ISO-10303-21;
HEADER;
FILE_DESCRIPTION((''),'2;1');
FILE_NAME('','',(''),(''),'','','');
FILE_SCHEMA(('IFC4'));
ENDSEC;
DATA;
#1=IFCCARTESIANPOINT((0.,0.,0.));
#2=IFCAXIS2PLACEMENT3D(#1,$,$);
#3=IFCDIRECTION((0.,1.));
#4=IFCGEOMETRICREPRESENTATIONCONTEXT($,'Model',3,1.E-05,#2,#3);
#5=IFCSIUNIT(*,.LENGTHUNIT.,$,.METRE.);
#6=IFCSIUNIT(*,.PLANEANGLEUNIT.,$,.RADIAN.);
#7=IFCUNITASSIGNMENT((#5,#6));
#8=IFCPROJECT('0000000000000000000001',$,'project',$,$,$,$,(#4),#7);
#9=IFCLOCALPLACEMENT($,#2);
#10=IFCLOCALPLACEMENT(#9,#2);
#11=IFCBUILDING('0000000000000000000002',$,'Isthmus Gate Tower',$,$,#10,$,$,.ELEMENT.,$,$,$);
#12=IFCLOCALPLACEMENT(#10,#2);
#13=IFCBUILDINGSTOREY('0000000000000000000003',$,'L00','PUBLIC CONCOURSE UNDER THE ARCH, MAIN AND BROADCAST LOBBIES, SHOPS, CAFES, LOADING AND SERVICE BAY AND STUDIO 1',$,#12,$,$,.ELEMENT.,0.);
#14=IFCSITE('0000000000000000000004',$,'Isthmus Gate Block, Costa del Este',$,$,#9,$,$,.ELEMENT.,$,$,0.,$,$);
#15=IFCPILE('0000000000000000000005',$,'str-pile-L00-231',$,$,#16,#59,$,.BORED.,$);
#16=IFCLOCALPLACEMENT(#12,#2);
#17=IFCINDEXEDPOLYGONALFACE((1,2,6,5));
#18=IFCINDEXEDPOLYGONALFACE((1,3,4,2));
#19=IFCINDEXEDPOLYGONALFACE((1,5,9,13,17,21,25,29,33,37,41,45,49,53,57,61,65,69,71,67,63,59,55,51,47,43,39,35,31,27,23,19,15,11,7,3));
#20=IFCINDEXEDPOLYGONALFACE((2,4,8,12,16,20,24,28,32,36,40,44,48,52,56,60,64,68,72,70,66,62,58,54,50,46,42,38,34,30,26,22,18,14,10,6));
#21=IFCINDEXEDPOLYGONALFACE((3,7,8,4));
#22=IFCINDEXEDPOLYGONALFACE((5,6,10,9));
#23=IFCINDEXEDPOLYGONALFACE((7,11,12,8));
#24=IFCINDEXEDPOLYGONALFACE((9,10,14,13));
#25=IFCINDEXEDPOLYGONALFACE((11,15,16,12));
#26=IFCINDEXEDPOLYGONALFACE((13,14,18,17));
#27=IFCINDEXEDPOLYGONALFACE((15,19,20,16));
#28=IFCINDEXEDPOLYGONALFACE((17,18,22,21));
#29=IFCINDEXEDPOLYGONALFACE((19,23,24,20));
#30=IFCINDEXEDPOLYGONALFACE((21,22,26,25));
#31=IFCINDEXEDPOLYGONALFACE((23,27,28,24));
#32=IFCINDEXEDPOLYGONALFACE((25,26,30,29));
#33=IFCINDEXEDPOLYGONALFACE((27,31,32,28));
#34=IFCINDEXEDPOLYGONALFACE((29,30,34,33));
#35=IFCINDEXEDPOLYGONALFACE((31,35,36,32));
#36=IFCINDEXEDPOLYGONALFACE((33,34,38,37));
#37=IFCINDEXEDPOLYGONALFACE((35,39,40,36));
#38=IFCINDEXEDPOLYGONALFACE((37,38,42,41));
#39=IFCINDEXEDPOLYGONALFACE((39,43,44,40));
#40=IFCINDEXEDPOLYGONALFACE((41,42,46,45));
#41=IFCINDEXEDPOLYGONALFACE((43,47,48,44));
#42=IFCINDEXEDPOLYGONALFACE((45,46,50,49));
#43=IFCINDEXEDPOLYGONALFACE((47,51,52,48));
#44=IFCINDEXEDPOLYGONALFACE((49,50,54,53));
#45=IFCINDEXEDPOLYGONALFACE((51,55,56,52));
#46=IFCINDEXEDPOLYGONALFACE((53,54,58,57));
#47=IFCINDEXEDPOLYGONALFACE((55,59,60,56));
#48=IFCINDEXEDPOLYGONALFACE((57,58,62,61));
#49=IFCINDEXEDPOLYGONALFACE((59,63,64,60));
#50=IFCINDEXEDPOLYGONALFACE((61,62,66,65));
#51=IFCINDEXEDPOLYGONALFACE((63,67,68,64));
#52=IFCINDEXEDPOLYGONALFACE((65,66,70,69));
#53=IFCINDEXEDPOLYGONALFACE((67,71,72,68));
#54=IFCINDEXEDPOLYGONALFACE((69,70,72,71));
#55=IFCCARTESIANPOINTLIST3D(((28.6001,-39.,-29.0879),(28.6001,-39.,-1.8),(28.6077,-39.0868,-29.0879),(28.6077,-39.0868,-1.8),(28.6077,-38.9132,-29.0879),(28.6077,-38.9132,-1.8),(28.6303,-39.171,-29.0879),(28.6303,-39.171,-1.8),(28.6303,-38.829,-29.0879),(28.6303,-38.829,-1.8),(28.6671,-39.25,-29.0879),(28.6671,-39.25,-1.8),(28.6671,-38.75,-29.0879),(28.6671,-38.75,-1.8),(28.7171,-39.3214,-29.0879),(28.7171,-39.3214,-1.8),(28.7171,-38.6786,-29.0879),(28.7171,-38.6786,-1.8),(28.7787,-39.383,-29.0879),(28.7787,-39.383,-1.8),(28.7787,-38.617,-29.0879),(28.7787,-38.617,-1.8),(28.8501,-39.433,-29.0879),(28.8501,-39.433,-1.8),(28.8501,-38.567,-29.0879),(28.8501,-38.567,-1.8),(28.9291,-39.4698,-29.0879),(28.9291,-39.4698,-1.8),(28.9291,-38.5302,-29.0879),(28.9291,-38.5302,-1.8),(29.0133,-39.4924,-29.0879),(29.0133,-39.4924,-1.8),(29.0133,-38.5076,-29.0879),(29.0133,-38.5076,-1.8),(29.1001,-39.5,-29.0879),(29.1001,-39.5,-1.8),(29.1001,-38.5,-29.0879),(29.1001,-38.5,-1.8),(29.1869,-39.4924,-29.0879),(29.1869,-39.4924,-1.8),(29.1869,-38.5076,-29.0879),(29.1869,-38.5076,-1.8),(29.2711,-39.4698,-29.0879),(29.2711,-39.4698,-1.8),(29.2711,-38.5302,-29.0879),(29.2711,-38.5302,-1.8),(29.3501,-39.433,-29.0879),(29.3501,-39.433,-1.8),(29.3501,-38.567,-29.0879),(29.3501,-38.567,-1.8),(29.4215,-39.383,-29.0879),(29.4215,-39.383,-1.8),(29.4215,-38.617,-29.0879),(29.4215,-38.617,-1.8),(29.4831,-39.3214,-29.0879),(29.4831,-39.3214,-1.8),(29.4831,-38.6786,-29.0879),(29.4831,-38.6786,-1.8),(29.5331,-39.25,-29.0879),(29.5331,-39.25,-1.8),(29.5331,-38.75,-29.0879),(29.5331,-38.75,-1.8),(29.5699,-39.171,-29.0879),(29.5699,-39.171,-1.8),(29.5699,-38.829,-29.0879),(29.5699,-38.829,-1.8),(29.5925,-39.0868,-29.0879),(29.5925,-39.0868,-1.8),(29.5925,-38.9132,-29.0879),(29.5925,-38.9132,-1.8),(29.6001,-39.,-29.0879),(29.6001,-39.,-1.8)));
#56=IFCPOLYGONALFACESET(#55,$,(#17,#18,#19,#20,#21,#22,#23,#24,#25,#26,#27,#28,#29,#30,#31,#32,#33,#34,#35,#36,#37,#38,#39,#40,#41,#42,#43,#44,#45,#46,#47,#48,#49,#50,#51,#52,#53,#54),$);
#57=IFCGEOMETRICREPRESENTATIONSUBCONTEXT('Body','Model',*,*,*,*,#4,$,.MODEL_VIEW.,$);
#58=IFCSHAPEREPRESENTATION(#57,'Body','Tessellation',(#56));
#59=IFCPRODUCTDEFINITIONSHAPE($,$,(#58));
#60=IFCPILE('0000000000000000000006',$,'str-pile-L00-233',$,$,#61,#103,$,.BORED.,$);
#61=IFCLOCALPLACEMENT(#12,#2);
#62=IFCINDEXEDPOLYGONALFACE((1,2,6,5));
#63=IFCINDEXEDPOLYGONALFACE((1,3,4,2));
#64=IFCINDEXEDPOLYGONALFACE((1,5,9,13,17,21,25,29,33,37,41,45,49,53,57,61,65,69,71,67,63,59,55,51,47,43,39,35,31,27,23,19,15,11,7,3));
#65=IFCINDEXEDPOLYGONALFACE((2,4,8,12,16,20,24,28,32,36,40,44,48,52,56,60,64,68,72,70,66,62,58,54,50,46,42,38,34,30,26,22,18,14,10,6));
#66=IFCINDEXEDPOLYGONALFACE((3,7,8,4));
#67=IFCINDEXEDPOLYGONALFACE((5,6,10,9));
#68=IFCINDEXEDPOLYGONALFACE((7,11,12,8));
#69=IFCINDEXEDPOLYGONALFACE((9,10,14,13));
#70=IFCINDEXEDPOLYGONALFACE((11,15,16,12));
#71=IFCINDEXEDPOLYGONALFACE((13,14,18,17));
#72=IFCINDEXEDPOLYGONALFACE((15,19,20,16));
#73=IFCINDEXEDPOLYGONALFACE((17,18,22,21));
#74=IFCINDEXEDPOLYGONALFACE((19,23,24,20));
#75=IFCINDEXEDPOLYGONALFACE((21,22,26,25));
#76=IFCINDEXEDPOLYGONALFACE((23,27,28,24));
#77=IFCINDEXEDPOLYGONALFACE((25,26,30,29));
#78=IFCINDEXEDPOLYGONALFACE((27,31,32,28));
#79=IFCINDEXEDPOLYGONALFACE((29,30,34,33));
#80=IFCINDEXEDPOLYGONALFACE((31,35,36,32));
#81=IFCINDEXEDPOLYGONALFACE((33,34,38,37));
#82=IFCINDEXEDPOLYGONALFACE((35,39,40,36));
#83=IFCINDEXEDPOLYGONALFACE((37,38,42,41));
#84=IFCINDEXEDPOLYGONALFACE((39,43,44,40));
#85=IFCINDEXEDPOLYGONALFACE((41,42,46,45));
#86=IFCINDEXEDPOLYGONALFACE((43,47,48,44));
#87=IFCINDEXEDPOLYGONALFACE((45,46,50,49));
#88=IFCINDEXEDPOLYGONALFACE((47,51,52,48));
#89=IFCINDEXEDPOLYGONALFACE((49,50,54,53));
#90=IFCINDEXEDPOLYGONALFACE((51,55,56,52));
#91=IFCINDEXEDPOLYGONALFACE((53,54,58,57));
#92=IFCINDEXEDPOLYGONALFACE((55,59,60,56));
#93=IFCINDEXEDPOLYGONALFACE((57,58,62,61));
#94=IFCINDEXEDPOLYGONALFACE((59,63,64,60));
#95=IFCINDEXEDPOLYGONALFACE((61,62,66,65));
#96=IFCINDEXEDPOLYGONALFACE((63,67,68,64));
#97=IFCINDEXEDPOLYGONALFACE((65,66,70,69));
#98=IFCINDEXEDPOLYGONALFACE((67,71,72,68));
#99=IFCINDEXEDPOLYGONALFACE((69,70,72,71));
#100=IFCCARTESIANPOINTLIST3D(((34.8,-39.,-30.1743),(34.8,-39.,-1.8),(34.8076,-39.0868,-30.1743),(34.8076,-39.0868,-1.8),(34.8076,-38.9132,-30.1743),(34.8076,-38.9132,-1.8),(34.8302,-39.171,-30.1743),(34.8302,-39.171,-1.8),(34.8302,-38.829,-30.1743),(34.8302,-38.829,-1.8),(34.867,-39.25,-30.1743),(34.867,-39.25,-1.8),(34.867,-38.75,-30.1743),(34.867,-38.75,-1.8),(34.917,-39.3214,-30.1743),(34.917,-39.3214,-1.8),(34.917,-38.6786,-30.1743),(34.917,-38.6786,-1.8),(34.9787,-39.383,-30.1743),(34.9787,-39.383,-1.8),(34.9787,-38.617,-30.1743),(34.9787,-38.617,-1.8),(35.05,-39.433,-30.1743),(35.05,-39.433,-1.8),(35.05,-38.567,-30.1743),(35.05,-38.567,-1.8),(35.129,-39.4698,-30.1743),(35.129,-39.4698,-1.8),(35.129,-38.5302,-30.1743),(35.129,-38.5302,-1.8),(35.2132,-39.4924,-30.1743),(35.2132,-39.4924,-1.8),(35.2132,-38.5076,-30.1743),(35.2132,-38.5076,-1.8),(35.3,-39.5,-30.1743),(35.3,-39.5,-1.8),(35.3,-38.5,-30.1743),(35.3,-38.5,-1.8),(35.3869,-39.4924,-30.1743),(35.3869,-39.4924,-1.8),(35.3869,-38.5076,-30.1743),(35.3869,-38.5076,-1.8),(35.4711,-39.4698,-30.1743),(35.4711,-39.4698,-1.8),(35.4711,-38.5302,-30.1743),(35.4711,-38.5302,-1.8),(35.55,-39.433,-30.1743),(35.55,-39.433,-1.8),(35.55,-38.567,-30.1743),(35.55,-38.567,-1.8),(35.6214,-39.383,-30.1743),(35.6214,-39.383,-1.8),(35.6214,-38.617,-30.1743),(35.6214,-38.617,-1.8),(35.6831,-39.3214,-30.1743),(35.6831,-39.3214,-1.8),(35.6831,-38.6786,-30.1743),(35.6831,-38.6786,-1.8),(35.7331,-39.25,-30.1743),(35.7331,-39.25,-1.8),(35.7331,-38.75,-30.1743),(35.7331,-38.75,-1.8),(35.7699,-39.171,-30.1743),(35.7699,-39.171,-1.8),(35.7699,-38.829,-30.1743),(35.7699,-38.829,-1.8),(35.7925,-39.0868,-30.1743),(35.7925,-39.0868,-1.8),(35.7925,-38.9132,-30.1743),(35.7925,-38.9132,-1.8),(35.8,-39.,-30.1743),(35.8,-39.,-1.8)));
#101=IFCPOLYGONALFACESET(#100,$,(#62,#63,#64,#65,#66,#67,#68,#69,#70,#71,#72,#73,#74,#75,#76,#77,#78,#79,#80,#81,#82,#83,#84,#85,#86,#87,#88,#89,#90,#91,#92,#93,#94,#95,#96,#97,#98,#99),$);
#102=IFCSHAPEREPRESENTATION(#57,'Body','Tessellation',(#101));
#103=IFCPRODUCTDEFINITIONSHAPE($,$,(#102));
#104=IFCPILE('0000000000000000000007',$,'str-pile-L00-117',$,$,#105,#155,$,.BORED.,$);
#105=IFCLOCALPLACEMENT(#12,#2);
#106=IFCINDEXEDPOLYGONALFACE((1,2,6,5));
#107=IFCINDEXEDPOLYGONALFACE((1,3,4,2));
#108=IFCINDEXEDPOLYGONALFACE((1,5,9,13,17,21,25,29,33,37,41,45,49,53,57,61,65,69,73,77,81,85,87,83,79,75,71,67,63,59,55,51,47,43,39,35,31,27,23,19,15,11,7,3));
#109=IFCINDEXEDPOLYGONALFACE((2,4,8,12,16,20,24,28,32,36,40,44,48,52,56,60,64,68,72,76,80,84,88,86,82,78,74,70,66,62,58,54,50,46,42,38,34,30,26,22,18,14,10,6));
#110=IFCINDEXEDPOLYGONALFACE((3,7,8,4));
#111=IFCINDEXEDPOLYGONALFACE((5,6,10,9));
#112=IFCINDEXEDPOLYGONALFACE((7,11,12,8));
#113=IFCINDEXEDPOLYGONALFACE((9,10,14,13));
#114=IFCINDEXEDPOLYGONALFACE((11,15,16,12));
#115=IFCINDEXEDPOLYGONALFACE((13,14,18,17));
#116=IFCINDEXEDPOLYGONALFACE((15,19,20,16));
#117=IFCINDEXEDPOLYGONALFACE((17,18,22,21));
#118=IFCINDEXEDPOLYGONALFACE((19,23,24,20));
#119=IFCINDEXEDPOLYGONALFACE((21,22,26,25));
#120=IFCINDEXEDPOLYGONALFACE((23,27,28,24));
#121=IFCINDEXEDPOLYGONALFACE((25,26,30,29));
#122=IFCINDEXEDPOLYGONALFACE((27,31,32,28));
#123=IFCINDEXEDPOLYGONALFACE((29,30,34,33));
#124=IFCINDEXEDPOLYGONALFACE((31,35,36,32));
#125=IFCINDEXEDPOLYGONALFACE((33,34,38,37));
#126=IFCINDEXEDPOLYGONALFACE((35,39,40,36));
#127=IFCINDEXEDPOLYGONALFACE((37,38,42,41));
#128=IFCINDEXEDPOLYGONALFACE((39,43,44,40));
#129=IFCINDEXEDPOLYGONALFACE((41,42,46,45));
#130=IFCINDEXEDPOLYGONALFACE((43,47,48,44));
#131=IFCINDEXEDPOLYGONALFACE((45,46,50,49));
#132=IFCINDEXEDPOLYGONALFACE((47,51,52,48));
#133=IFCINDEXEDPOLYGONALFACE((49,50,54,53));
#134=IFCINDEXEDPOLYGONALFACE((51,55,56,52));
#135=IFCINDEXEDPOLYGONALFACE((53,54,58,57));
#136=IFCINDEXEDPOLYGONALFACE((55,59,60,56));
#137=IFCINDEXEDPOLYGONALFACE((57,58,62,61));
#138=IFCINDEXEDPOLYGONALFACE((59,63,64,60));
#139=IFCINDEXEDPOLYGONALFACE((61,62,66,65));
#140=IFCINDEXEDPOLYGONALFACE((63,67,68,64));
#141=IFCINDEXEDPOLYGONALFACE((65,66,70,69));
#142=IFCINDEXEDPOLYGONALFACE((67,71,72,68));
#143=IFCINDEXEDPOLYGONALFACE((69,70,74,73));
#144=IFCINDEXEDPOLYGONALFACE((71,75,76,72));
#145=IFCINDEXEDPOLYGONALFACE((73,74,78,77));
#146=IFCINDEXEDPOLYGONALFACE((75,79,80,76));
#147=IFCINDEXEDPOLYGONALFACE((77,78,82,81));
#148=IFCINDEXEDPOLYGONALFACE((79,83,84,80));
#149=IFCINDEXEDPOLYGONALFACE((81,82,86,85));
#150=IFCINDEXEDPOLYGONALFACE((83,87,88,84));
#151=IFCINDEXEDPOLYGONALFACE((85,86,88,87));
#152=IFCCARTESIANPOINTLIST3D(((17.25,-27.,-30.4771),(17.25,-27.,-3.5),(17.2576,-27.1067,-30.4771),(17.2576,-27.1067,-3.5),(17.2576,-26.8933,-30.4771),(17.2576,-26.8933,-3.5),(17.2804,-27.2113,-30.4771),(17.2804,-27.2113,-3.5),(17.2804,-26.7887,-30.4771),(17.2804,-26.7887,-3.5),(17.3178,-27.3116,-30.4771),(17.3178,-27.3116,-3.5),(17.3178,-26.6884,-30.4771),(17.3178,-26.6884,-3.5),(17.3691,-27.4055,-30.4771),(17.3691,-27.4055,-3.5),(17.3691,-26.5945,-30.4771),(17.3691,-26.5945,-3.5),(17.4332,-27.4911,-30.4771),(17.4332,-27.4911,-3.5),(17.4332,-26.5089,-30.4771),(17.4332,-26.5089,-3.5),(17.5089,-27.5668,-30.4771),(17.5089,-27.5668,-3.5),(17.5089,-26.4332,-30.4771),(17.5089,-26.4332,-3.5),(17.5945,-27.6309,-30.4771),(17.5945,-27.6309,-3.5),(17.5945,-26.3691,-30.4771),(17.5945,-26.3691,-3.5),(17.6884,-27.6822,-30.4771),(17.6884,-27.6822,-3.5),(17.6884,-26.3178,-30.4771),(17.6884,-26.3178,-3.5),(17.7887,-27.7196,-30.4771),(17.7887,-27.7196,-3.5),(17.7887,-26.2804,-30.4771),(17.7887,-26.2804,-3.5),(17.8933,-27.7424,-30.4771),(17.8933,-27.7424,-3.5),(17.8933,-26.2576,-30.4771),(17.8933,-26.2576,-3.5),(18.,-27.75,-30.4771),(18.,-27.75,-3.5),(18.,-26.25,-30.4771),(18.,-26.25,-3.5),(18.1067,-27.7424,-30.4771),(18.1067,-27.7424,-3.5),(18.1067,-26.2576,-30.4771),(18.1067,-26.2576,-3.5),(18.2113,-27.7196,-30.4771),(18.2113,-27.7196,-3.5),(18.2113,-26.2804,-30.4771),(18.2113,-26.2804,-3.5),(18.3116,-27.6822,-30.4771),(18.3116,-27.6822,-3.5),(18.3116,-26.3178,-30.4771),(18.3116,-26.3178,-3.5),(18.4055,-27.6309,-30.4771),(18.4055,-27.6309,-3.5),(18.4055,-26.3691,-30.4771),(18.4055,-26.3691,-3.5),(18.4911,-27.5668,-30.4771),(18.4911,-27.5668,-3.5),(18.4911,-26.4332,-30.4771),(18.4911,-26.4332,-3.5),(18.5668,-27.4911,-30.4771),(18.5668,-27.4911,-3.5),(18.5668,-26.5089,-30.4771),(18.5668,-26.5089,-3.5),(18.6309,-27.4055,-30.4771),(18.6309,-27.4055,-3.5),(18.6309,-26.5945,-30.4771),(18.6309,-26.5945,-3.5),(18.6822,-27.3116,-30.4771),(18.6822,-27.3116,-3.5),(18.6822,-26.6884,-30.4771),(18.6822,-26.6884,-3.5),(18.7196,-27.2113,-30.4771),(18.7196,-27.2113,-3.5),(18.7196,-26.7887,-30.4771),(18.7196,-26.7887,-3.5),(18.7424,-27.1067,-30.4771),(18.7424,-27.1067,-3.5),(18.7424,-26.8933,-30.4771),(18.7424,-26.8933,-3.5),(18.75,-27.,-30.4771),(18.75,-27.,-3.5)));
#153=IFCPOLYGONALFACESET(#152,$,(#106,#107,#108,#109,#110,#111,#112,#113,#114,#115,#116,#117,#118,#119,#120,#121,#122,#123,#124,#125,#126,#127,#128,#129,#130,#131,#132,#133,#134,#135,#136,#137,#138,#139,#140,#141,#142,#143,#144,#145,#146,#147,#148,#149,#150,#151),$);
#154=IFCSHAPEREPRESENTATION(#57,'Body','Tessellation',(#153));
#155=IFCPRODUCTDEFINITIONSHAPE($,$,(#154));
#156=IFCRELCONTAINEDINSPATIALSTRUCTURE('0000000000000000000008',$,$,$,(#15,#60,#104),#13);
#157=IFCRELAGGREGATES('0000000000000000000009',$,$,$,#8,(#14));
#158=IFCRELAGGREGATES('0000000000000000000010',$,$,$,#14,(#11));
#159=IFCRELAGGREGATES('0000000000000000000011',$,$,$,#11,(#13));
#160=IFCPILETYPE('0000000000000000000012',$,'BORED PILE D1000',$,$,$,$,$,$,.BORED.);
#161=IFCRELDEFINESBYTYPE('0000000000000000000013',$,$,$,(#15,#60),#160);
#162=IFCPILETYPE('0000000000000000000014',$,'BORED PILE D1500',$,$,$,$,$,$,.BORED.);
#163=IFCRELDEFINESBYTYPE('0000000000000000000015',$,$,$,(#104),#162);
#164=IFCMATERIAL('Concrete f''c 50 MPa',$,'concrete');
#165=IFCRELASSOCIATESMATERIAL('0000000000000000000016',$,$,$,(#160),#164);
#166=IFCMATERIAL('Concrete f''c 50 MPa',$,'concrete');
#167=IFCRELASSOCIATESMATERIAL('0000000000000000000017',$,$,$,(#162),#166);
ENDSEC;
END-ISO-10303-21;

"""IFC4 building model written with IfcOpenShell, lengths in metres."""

from ifc_helpers import new_model, si_unit, direction, frame, origin, origin_2d, place, context, subcontext, project, spatial, circle, extrude, material, material_profile, profile_set, type_object, element, save


model = new_model("IFC4")

# Units and contexts
model_context = context("Model", 3, precision=1e-05, world=origin(), true_north=direction((0.0, 1.0)))
body_context = subcontext(model_context, "Body", "Model", "MODEL_VIEW")
ifc_project = project(units=[si_unit("LENGTHUNIT", "METRE"), si_unit("PLANEANGLEUNIT", "RADIAN")], contexts=[model_context])

# Site, building, storey
site_placement = place(None, origin())
site = spatial("IfcSite", under=ifc_project, at=site_placement, Name="Isthmus Gate Block, Costa del Este", CompositionType="ELEMENT", RefElevation=0.0)
building_placement = place(site_placement, origin())
building = spatial("IfcBuilding", under=site, at=building_placement, Name="Isthmus Gate Tower", CompositionType="ELEMENT")
storey_placement = place(building_placement, origin())
storey = spatial("IfcBuildingStorey", under=building, at=storey_placement, Name="L00", Description="PUBLIC CONCOURSE UNDER THE ARCH, MAIN AND BROADCAST LOBBIES, SHOPS, CAFES, LOADING AND SERVICE BAY AND STUDIO 1", CompositionType="ELEMENT", Elevation=0.0)

# Piles
ifc_material_1 = material(Name="Concrete f'c 50 MPa", Category="concrete")
ifc_material_profile_1 = material_profile(ifc_material_1, circle(Radius=0.5, at=origin_2d()), Name="D1000")
ifc_profile_set_1 = profile_set([ifc_material_profile_1], Name="Concrete f'c 50 MPa")
pile_type_1 = type_object("IfcPileType", Name="BORED PILE D1000", PredefinedType="BORED", material=ifc_profile_set_1)
pile_1_placement = place(storey_placement, frame((29.1001, -39.0, -1.8), z_axis=(0.0, 0.0, -1.0), x_axis=(1.0, 0.0, 0.0)))
element("IfcPile", 1, at=pile_1_placement, inside=storey, type_object=pile_type_1, Name="str-pile-L00-231", PredefinedType="BORED", context=body_context, shape_type="SweptSolid", body=[
    extrude(circle(Radius=0.5, at=origin_2d()), origin(), (0.0, 0.0, 1.0), 27.2878),
])
pile_2_placement = place(storey_placement, frame((35.3, -39.0, -1.8), z_axis=(0.0, 0.0, -1.0), x_axis=(1.0, 0.0, 0.0)))
element("IfcPile", 2, at=pile_2_placement, inside=storey, type_object=pile_type_1, Name="str-pile-L00-233", PredefinedType="BORED", context=body_context, shape_type="SweptSolid", body=[
    extrude(circle(Radius=0.5, at=origin_2d()), origin(), (0.0, 0.0, 1.0), 28.3743),
])
ifc_material_2 = material(Name="Concrete f'c 50 MPa", Category="concrete")
ifc_material_profile_2 = material_profile(ifc_material_2, circle(Radius=0.75, at=origin_2d()), Name="D1500")
ifc_profile_set_2 = profile_set([ifc_material_profile_2], Name="Concrete f'c 50 MPa")
pile_type_2 = type_object("IfcPileType", Name="BORED PILE D1500", PredefinedType="BORED", material=ifc_profile_set_2)
pile_3_placement = place(storey_placement, frame((18.0, -27.0, -3.5), z_axis=(0.0, 0.0, -1.0), x_axis=(1.0, 0.0, 0.0)))
element("IfcPile", 3, at=pile_3_placement, inside=storey, type_object=pile_type_2, Name="str-pile-L00-117", PredefinedType="BORED", context=body_context, shape_type="SweptSolid", body=[
    extrude(circle(Radius=0.75, at=origin_2d()), origin(), (0.0, 0.0, 1.0), 26.9771),
])

save(model, "model.ifc")
